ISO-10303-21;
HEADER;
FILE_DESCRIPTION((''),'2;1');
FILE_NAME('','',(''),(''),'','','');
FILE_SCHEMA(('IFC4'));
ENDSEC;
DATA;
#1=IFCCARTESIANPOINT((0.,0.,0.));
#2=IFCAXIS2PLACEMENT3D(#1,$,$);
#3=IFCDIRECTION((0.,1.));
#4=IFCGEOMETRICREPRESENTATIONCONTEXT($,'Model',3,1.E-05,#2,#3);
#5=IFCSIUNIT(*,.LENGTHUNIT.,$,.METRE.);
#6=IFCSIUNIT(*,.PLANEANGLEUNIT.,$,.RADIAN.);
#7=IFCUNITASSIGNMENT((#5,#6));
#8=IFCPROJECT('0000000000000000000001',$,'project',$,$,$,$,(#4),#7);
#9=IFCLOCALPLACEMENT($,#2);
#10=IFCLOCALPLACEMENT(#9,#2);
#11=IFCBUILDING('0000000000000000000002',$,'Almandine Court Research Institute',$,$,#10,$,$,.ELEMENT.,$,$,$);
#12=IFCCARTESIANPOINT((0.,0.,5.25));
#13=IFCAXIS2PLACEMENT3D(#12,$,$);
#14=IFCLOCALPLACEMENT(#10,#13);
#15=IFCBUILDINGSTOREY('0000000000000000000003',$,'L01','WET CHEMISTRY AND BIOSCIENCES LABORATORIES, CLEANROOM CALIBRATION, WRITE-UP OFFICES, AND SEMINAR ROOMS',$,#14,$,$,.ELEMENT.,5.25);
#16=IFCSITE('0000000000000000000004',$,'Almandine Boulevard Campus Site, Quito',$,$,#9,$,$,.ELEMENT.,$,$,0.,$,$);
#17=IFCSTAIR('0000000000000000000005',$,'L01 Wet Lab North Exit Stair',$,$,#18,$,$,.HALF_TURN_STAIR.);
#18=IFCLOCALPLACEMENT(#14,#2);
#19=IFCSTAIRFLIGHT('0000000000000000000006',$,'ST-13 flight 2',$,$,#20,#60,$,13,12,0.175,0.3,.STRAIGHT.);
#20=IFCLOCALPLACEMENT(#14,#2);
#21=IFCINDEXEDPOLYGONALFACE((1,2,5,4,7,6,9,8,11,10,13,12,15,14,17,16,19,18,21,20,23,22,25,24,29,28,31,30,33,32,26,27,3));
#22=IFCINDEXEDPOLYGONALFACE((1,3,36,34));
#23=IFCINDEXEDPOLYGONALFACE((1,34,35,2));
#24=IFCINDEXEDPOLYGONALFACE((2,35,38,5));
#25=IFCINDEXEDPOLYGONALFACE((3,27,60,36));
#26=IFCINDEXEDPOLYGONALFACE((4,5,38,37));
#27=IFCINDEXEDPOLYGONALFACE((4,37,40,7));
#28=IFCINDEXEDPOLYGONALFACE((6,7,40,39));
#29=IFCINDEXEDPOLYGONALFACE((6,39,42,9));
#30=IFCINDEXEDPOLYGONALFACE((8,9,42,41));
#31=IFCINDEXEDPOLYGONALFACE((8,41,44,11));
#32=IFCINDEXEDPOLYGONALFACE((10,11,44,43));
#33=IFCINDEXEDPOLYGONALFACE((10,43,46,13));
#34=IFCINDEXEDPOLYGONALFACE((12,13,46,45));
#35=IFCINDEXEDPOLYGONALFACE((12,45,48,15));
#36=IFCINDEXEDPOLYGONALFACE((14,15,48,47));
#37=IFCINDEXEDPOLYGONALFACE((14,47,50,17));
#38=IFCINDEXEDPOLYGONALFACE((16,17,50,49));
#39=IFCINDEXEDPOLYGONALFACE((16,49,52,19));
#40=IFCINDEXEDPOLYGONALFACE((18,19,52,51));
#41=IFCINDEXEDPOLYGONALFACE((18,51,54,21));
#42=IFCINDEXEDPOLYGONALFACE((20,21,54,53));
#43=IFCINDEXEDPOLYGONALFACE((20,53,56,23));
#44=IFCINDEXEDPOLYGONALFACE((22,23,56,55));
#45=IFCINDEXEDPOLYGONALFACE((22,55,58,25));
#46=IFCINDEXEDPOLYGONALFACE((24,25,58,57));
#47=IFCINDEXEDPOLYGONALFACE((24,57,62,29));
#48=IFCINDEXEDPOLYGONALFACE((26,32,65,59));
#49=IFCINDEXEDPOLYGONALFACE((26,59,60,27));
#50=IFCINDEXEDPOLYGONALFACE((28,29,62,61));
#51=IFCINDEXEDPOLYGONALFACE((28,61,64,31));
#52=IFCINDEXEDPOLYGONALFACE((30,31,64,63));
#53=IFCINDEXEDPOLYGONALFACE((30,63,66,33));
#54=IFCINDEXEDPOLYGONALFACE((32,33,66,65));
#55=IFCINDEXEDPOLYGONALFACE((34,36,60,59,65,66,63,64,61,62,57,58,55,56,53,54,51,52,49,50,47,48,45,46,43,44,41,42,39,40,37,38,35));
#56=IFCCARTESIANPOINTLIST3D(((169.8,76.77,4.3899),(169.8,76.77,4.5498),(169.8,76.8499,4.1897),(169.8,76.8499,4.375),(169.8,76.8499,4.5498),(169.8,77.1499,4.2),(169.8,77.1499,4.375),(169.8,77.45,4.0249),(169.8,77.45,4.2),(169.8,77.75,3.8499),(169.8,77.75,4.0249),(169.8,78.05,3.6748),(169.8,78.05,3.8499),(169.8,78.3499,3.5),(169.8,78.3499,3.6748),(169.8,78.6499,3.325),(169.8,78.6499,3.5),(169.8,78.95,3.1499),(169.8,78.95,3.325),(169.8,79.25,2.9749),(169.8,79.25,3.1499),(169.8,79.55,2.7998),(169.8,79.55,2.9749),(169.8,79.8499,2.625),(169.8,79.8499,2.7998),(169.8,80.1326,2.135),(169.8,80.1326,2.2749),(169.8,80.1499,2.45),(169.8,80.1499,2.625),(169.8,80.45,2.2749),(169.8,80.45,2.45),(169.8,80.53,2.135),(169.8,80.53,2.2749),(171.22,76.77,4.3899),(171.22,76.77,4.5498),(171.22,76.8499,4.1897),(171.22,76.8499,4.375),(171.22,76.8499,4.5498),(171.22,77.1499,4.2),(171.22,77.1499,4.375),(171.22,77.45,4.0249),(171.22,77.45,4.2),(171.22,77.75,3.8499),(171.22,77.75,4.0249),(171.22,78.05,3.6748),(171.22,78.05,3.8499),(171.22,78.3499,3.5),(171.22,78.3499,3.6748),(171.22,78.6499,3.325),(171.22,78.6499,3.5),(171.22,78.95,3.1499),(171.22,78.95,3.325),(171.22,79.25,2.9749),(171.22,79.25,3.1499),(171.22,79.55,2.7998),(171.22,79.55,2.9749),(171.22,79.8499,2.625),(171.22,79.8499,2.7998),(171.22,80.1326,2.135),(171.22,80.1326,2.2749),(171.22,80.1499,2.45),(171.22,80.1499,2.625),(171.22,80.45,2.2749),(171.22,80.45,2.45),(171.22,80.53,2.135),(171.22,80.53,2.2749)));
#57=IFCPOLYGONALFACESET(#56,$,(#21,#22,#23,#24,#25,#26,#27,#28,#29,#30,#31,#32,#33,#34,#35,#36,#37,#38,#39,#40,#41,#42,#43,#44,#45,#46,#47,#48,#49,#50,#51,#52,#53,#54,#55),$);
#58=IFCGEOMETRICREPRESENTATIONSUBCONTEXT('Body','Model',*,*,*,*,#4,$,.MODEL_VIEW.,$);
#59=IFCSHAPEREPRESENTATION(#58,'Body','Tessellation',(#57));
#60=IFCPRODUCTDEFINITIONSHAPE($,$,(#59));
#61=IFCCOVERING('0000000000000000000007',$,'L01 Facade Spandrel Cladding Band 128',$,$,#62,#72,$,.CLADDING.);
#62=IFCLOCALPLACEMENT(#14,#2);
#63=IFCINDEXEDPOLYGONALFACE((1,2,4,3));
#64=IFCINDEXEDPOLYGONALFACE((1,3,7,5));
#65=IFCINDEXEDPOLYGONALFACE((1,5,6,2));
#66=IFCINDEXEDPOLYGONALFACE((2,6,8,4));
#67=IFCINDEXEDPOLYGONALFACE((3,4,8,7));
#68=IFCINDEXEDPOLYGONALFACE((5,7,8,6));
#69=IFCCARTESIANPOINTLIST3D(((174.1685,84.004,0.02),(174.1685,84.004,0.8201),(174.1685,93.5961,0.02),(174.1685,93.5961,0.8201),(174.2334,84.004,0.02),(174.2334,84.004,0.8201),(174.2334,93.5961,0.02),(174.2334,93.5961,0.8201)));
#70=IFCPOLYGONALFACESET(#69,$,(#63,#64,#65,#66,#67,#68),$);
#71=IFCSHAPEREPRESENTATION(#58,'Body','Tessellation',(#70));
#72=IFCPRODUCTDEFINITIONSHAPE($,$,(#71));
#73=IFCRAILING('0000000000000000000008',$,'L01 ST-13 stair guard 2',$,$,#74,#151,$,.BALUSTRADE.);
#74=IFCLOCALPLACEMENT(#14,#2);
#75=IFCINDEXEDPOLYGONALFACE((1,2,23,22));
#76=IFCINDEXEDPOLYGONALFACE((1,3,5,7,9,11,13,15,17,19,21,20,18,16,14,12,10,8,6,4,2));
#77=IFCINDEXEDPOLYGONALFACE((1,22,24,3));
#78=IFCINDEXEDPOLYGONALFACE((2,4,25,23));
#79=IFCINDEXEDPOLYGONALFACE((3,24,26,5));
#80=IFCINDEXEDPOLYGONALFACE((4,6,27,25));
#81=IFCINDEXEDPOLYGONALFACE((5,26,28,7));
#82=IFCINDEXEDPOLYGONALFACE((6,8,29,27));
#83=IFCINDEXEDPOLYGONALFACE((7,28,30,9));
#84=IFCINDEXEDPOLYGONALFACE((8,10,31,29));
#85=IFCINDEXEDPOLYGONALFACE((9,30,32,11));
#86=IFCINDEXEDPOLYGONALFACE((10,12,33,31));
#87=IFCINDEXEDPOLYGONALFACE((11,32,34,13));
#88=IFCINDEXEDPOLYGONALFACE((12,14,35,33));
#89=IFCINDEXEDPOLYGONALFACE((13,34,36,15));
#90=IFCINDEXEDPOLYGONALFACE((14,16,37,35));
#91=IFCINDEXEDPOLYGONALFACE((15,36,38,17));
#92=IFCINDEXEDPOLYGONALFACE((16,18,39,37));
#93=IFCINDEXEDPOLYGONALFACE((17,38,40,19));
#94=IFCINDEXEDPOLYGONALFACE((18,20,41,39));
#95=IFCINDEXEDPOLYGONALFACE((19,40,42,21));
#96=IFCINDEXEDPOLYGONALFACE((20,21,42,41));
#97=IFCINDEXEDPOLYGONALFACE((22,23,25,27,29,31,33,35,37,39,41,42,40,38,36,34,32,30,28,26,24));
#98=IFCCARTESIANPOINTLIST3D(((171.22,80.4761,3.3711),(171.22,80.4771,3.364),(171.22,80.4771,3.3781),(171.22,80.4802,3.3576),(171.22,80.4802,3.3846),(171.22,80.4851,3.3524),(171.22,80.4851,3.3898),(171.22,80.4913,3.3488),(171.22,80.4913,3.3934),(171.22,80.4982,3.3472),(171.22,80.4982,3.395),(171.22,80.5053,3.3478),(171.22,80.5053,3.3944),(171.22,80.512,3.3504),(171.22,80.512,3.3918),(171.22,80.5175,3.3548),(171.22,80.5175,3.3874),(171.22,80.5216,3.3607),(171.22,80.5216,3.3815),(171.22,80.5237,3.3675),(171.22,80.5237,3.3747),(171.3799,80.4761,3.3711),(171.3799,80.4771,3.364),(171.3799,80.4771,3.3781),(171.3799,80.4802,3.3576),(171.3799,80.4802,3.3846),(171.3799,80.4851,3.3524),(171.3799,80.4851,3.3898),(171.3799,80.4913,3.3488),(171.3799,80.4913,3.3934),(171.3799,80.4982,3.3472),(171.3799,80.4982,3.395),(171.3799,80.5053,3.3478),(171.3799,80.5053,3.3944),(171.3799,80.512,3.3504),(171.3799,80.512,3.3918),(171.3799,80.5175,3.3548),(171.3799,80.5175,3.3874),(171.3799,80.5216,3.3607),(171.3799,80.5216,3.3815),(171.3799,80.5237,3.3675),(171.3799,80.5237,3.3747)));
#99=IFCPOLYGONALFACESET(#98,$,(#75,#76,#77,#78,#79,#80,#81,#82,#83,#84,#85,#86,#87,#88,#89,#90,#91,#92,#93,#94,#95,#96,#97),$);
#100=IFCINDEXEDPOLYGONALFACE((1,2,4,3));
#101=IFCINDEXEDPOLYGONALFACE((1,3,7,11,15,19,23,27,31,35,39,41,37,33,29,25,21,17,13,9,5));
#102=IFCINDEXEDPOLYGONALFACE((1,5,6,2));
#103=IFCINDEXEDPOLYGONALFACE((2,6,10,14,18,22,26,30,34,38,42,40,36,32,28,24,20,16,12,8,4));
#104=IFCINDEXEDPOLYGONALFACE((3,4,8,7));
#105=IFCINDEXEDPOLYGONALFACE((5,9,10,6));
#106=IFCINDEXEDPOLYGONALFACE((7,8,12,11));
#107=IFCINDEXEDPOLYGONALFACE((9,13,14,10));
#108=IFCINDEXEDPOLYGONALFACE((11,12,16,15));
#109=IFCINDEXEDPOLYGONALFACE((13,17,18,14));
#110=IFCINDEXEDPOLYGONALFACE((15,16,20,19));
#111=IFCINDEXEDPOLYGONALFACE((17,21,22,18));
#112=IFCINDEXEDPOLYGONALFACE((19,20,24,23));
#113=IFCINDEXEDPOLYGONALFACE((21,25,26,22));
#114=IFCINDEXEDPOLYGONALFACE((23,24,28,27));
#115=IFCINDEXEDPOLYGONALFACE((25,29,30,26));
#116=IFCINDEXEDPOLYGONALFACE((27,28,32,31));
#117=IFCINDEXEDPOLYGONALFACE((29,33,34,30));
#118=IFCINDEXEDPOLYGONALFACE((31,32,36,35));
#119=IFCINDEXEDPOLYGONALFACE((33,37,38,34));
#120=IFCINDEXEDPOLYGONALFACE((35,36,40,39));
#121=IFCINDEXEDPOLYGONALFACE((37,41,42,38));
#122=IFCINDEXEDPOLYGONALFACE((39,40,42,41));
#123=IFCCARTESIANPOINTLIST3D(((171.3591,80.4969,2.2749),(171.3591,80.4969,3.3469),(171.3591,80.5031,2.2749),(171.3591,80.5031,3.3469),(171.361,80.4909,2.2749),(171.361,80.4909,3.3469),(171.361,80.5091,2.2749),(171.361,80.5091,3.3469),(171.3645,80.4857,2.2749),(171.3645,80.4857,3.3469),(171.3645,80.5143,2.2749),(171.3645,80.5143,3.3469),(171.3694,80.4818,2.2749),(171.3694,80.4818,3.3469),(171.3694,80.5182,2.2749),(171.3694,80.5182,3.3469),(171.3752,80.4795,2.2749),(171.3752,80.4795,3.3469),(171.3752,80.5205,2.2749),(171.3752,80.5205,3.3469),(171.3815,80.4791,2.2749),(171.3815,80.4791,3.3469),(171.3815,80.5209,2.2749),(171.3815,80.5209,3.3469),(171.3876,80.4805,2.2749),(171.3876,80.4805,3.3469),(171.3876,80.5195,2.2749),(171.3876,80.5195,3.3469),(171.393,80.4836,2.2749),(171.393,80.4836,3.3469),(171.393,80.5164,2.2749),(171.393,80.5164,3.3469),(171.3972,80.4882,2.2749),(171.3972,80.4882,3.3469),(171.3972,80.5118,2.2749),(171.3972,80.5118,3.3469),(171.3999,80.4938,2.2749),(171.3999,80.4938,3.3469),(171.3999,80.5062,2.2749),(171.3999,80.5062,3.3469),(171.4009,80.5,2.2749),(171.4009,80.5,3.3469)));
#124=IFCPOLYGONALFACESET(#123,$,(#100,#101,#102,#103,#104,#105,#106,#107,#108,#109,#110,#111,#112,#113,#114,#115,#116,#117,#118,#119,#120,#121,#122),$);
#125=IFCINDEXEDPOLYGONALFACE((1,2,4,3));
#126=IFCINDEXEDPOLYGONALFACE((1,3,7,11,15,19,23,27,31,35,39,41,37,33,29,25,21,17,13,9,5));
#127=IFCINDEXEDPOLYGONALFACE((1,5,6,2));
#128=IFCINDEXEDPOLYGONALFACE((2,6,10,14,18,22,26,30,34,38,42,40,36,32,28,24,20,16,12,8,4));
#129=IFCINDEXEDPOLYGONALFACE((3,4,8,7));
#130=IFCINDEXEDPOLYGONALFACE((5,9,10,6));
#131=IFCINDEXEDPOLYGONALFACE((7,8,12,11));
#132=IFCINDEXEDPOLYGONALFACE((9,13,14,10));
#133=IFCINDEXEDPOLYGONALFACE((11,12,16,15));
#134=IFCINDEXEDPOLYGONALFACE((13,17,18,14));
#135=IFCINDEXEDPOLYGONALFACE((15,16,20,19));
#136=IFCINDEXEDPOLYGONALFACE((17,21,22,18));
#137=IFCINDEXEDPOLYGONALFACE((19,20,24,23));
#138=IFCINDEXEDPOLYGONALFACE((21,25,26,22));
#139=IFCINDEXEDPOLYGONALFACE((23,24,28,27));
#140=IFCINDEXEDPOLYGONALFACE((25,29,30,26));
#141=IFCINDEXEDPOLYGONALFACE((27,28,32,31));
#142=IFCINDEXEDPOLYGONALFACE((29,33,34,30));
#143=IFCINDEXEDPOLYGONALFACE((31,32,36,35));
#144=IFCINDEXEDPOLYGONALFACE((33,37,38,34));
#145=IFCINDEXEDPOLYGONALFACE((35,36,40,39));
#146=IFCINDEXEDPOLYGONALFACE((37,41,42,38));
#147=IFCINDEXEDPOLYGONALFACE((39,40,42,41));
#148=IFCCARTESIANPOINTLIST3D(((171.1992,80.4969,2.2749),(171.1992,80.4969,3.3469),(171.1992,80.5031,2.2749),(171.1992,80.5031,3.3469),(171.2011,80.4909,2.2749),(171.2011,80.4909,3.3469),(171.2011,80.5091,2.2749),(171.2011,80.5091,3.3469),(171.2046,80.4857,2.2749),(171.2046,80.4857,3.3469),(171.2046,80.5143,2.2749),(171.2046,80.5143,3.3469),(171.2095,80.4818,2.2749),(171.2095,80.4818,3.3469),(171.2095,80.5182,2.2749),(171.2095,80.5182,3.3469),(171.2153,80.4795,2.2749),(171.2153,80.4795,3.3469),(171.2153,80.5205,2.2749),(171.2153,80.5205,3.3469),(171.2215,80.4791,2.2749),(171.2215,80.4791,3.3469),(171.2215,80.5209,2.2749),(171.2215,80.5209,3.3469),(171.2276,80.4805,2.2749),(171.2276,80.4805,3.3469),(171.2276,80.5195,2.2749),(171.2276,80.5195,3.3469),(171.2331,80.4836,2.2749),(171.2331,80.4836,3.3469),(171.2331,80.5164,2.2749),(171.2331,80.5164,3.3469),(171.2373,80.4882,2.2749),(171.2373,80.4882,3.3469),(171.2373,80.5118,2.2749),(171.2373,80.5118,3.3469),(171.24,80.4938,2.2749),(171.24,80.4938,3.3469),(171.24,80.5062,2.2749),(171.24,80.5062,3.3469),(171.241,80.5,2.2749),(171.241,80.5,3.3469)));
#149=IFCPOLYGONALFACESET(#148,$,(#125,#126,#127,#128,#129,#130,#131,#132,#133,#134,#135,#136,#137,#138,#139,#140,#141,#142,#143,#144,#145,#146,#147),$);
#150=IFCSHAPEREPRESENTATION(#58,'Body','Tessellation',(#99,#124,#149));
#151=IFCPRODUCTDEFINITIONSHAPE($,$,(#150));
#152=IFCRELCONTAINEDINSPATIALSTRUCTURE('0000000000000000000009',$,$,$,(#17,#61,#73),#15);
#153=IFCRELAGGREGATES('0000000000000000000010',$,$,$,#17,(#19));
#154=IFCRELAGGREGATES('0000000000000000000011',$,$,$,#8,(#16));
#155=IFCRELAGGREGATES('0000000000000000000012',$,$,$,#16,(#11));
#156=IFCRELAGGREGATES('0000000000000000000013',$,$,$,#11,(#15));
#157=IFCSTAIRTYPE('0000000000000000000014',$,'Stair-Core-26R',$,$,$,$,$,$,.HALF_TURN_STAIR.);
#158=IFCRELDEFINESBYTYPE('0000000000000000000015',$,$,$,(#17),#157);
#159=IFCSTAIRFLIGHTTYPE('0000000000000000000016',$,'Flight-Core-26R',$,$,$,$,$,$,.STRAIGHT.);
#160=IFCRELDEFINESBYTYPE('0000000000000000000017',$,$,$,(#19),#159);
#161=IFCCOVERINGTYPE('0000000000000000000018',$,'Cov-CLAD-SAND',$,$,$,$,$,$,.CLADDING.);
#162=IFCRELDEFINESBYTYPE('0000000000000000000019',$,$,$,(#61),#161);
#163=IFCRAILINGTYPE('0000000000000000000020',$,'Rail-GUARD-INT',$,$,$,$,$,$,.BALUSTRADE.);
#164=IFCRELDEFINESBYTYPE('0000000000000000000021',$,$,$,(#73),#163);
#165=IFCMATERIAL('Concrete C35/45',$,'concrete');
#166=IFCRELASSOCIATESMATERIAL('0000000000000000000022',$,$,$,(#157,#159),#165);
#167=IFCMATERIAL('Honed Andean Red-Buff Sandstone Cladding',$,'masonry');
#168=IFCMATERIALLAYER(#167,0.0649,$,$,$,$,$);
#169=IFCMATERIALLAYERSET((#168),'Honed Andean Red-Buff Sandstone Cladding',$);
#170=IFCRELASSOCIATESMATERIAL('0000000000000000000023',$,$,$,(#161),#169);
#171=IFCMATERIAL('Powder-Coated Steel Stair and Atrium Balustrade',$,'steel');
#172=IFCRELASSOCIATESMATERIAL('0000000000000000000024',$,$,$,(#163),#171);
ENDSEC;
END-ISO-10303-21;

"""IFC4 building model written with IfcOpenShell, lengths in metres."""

from ifc_helpers import new_model, si_unit, direction, frame, origin, origin_2d, place, context, subcontext, project, spatial, polyline, rectangle, circle, outline, extrude, material, layer, layer_set, type_object, element, aggregate, save


model = new_model("IFC4")

# Units and contexts
model_context = context("Model", 3, precision=1e-05, world=origin(), true_north=direction((0.0, 1.0)))
body_context = subcontext(model_context, "Body", "Model", "MODEL_VIEW")
ifc_project = project(units=[si_unit("LENGTHUNIT", "METRE"), si_unit("PLANEANGLEUNIT", "RADIAN")], contexts=[model_context])

# Site, building, storey
site_placement = place(None, origin())
site = spatial("IfcSite", under=ifc_project, at=site_placement, Name="Almandine Boulevard Campus Site, Quito", CompositionType="ELEMENT", RefElevation=0.0)
building_placement = place(site_placement, origin())
building = spatial("IfcBuilding", under=site, at=building_placement, Name="Almandine Court Research Institute", CompositionType="ELEMENT")
storey_placement = place(building_placement, frame((0.0, 0.0, 5.25)))
storey = spatial("IfcBuildingStorey", under=building, at=storey_placement, Name="L01", Description="WET CHEMISTRY AND BIOSCIENCES LABORATORIES, CLEANROOM CALIBRATION, WRITE-UP OFFICES, AND SEMINAR ROOMS", CompositionType="ELEMENT", Elevation=5.25)

# Stair, stair flight
ifc_material_1 = material(Name="Concrete C35/45", Category="concrete")
stair_type = type_object("IfcStairType", Name="Stair-Core-26R", PredefinedType="HALF_TURN_STAIR", material=ifc_material_1)
stair_placement = place(storey_placement, origin())
stair = element("IfcStair", 1, at=stair_placement, inside=storey, type_object=stair_type, Name="L01 Wet Lab North Exit Stair", PredefinedType="HALF_TURN_STAIR")
stair_flight_type = type_object("IfcStairFlightType", Name="Flight-Core-26R", PredefinedType="STRAIGHT", material=ifc_material_1)
stair_flight_placement = place(storey_placement, frame((170.51, 80.45, 2.2749), z_axis=(0.0, 0.0, 1.0), x_axis=(0.0, -1.0, 0.0)))
stair_flight = element("IfcStairFlight", 2, at=stair_flight_placement, type_object=stair_flight_type, Name="ST-13 flight 2", NumberOfRisers=13, NumberOfTreads=12, PredefinedType="STRAIGHT", RiserHeight=0.175, TreadLength=0.3, context=body_context, shape_type="SweptSolid", body=[
    extrude(outline(polyline([(-0.0801, -0.1399), (-0.0801, 0.0), (0.0, 0.0), (0.0, 0.175), (0.3, 0.175), (0.3, 0.3501), (0.6001, 0.3501), (0.6001, 0.5249), (0.8999, 0.5249), (0.8999, 0.7), (1.2, 0.7), (1.2, 0.875), (1.5, 0.875), (1.5, 1.05), (1.8, 1.05), (1.8, 1.2251), (2.1001, 1.2251), (2.1001, 1.3999), (2.3999, 1.3999), (2.3999, 1.575), (2.7, 1.575), (2.7, 1.75), (3.0, 1.75), (3.0, 1.925), (3.3, 1.925), (3.3, 2.1001), (3.6001, 2.1001), (3.6001, 2.2749), (3.6799, 2.2749), (3.6799, 2.115), (3.6001, 1.9148), (0.3174, 0.0), (0.3174, -0.1399), (-0.0801, -0.1399)])), frame((0.0, 0.71, 0.0), z_axis=(0.0, -1.0, 0.0), x_axis=(1.0, 0.0, 0.0)), (0.0, 0.0, 1.0), 1.4199),
])
aggregate(stair, [stair_flight])

# Covering
ifc_material_2 = material(Name="Honed Andean Red-Buff Sandstone Cladding", Category="masonry")
ifc_layer_1 = layer(ifc_material_2, 0.0649)
ifc_layer_set_1 = layer_set([ifc_layer_1], Name="Honed Andean Red-Buff Sandstone Cladding")
covering_type = type_object("IfcCoveringType", Name="Cov-CLAD-SAND", PredefinedType="CLADDING", material=ifc_layer_set_1)
covering_placement = place(storey_placement, frame((174.2009, 88.8, 0.02), z_axis=(0.0, 0.0, 1.0), x_axis=(0.0, -1.0, 0.0)))
element("IfcCovering", 3, at=covering_placement, inside=storey, type_object=covering_type, Name="L01 Facade Spandrel Cladding Band 128", PredefinedType="CLADDING", context=body_context, shape_type="SweptSolid", body=[
    extrude(rectangle(XDim=9.592, YDim=0.0649, at=origin_2d()), origin(), (0.0, 0.0, 1.0), 0.8),
])

# Railing
ifc_material_3 = material(Name="Powder-Coated Steel Stair and Atrium Balustrade", Category="steel")
railing_type_1 = type_object("IfcRailingType", Name="Rail-GUARD-INT", PredefinedType="BALUSTRADE", material=ifc_material_3)
railing_1_placement = place(storey_placement, frame((171.3799, 80.5, 2.2749)))
element("IfcRailing", 4, at=railing_1_placement, inside=storey, type_object=railing_type_1, Name="L01 ST-13 stair guard 2", PredefinedType="BALUSTRADE", context=body_context, shape_type="SweptSolid", body=[
    extrude(circle(Radius=0.0239, at=origin_2d()), frame((0.0, 0.0, 1.0962), z_axis=(-1.0, 0.0, 0.0), x_axis=(0.0, -1.0, 0.0)), (0.0, 0.0, 1.0), 0.1599),
    extrude(circle(Radius=0.021, at=origin_2d()), origin(), (0.0, 0.0, 1.0), 1.072),
    extrude(circle(Radius=0.021, at=origin_2d()), frame((-0.1599, 0.0, 0.0)), (0.0, 0.0, 1.0), 1.072),
])

save(model, "model.ifc")
